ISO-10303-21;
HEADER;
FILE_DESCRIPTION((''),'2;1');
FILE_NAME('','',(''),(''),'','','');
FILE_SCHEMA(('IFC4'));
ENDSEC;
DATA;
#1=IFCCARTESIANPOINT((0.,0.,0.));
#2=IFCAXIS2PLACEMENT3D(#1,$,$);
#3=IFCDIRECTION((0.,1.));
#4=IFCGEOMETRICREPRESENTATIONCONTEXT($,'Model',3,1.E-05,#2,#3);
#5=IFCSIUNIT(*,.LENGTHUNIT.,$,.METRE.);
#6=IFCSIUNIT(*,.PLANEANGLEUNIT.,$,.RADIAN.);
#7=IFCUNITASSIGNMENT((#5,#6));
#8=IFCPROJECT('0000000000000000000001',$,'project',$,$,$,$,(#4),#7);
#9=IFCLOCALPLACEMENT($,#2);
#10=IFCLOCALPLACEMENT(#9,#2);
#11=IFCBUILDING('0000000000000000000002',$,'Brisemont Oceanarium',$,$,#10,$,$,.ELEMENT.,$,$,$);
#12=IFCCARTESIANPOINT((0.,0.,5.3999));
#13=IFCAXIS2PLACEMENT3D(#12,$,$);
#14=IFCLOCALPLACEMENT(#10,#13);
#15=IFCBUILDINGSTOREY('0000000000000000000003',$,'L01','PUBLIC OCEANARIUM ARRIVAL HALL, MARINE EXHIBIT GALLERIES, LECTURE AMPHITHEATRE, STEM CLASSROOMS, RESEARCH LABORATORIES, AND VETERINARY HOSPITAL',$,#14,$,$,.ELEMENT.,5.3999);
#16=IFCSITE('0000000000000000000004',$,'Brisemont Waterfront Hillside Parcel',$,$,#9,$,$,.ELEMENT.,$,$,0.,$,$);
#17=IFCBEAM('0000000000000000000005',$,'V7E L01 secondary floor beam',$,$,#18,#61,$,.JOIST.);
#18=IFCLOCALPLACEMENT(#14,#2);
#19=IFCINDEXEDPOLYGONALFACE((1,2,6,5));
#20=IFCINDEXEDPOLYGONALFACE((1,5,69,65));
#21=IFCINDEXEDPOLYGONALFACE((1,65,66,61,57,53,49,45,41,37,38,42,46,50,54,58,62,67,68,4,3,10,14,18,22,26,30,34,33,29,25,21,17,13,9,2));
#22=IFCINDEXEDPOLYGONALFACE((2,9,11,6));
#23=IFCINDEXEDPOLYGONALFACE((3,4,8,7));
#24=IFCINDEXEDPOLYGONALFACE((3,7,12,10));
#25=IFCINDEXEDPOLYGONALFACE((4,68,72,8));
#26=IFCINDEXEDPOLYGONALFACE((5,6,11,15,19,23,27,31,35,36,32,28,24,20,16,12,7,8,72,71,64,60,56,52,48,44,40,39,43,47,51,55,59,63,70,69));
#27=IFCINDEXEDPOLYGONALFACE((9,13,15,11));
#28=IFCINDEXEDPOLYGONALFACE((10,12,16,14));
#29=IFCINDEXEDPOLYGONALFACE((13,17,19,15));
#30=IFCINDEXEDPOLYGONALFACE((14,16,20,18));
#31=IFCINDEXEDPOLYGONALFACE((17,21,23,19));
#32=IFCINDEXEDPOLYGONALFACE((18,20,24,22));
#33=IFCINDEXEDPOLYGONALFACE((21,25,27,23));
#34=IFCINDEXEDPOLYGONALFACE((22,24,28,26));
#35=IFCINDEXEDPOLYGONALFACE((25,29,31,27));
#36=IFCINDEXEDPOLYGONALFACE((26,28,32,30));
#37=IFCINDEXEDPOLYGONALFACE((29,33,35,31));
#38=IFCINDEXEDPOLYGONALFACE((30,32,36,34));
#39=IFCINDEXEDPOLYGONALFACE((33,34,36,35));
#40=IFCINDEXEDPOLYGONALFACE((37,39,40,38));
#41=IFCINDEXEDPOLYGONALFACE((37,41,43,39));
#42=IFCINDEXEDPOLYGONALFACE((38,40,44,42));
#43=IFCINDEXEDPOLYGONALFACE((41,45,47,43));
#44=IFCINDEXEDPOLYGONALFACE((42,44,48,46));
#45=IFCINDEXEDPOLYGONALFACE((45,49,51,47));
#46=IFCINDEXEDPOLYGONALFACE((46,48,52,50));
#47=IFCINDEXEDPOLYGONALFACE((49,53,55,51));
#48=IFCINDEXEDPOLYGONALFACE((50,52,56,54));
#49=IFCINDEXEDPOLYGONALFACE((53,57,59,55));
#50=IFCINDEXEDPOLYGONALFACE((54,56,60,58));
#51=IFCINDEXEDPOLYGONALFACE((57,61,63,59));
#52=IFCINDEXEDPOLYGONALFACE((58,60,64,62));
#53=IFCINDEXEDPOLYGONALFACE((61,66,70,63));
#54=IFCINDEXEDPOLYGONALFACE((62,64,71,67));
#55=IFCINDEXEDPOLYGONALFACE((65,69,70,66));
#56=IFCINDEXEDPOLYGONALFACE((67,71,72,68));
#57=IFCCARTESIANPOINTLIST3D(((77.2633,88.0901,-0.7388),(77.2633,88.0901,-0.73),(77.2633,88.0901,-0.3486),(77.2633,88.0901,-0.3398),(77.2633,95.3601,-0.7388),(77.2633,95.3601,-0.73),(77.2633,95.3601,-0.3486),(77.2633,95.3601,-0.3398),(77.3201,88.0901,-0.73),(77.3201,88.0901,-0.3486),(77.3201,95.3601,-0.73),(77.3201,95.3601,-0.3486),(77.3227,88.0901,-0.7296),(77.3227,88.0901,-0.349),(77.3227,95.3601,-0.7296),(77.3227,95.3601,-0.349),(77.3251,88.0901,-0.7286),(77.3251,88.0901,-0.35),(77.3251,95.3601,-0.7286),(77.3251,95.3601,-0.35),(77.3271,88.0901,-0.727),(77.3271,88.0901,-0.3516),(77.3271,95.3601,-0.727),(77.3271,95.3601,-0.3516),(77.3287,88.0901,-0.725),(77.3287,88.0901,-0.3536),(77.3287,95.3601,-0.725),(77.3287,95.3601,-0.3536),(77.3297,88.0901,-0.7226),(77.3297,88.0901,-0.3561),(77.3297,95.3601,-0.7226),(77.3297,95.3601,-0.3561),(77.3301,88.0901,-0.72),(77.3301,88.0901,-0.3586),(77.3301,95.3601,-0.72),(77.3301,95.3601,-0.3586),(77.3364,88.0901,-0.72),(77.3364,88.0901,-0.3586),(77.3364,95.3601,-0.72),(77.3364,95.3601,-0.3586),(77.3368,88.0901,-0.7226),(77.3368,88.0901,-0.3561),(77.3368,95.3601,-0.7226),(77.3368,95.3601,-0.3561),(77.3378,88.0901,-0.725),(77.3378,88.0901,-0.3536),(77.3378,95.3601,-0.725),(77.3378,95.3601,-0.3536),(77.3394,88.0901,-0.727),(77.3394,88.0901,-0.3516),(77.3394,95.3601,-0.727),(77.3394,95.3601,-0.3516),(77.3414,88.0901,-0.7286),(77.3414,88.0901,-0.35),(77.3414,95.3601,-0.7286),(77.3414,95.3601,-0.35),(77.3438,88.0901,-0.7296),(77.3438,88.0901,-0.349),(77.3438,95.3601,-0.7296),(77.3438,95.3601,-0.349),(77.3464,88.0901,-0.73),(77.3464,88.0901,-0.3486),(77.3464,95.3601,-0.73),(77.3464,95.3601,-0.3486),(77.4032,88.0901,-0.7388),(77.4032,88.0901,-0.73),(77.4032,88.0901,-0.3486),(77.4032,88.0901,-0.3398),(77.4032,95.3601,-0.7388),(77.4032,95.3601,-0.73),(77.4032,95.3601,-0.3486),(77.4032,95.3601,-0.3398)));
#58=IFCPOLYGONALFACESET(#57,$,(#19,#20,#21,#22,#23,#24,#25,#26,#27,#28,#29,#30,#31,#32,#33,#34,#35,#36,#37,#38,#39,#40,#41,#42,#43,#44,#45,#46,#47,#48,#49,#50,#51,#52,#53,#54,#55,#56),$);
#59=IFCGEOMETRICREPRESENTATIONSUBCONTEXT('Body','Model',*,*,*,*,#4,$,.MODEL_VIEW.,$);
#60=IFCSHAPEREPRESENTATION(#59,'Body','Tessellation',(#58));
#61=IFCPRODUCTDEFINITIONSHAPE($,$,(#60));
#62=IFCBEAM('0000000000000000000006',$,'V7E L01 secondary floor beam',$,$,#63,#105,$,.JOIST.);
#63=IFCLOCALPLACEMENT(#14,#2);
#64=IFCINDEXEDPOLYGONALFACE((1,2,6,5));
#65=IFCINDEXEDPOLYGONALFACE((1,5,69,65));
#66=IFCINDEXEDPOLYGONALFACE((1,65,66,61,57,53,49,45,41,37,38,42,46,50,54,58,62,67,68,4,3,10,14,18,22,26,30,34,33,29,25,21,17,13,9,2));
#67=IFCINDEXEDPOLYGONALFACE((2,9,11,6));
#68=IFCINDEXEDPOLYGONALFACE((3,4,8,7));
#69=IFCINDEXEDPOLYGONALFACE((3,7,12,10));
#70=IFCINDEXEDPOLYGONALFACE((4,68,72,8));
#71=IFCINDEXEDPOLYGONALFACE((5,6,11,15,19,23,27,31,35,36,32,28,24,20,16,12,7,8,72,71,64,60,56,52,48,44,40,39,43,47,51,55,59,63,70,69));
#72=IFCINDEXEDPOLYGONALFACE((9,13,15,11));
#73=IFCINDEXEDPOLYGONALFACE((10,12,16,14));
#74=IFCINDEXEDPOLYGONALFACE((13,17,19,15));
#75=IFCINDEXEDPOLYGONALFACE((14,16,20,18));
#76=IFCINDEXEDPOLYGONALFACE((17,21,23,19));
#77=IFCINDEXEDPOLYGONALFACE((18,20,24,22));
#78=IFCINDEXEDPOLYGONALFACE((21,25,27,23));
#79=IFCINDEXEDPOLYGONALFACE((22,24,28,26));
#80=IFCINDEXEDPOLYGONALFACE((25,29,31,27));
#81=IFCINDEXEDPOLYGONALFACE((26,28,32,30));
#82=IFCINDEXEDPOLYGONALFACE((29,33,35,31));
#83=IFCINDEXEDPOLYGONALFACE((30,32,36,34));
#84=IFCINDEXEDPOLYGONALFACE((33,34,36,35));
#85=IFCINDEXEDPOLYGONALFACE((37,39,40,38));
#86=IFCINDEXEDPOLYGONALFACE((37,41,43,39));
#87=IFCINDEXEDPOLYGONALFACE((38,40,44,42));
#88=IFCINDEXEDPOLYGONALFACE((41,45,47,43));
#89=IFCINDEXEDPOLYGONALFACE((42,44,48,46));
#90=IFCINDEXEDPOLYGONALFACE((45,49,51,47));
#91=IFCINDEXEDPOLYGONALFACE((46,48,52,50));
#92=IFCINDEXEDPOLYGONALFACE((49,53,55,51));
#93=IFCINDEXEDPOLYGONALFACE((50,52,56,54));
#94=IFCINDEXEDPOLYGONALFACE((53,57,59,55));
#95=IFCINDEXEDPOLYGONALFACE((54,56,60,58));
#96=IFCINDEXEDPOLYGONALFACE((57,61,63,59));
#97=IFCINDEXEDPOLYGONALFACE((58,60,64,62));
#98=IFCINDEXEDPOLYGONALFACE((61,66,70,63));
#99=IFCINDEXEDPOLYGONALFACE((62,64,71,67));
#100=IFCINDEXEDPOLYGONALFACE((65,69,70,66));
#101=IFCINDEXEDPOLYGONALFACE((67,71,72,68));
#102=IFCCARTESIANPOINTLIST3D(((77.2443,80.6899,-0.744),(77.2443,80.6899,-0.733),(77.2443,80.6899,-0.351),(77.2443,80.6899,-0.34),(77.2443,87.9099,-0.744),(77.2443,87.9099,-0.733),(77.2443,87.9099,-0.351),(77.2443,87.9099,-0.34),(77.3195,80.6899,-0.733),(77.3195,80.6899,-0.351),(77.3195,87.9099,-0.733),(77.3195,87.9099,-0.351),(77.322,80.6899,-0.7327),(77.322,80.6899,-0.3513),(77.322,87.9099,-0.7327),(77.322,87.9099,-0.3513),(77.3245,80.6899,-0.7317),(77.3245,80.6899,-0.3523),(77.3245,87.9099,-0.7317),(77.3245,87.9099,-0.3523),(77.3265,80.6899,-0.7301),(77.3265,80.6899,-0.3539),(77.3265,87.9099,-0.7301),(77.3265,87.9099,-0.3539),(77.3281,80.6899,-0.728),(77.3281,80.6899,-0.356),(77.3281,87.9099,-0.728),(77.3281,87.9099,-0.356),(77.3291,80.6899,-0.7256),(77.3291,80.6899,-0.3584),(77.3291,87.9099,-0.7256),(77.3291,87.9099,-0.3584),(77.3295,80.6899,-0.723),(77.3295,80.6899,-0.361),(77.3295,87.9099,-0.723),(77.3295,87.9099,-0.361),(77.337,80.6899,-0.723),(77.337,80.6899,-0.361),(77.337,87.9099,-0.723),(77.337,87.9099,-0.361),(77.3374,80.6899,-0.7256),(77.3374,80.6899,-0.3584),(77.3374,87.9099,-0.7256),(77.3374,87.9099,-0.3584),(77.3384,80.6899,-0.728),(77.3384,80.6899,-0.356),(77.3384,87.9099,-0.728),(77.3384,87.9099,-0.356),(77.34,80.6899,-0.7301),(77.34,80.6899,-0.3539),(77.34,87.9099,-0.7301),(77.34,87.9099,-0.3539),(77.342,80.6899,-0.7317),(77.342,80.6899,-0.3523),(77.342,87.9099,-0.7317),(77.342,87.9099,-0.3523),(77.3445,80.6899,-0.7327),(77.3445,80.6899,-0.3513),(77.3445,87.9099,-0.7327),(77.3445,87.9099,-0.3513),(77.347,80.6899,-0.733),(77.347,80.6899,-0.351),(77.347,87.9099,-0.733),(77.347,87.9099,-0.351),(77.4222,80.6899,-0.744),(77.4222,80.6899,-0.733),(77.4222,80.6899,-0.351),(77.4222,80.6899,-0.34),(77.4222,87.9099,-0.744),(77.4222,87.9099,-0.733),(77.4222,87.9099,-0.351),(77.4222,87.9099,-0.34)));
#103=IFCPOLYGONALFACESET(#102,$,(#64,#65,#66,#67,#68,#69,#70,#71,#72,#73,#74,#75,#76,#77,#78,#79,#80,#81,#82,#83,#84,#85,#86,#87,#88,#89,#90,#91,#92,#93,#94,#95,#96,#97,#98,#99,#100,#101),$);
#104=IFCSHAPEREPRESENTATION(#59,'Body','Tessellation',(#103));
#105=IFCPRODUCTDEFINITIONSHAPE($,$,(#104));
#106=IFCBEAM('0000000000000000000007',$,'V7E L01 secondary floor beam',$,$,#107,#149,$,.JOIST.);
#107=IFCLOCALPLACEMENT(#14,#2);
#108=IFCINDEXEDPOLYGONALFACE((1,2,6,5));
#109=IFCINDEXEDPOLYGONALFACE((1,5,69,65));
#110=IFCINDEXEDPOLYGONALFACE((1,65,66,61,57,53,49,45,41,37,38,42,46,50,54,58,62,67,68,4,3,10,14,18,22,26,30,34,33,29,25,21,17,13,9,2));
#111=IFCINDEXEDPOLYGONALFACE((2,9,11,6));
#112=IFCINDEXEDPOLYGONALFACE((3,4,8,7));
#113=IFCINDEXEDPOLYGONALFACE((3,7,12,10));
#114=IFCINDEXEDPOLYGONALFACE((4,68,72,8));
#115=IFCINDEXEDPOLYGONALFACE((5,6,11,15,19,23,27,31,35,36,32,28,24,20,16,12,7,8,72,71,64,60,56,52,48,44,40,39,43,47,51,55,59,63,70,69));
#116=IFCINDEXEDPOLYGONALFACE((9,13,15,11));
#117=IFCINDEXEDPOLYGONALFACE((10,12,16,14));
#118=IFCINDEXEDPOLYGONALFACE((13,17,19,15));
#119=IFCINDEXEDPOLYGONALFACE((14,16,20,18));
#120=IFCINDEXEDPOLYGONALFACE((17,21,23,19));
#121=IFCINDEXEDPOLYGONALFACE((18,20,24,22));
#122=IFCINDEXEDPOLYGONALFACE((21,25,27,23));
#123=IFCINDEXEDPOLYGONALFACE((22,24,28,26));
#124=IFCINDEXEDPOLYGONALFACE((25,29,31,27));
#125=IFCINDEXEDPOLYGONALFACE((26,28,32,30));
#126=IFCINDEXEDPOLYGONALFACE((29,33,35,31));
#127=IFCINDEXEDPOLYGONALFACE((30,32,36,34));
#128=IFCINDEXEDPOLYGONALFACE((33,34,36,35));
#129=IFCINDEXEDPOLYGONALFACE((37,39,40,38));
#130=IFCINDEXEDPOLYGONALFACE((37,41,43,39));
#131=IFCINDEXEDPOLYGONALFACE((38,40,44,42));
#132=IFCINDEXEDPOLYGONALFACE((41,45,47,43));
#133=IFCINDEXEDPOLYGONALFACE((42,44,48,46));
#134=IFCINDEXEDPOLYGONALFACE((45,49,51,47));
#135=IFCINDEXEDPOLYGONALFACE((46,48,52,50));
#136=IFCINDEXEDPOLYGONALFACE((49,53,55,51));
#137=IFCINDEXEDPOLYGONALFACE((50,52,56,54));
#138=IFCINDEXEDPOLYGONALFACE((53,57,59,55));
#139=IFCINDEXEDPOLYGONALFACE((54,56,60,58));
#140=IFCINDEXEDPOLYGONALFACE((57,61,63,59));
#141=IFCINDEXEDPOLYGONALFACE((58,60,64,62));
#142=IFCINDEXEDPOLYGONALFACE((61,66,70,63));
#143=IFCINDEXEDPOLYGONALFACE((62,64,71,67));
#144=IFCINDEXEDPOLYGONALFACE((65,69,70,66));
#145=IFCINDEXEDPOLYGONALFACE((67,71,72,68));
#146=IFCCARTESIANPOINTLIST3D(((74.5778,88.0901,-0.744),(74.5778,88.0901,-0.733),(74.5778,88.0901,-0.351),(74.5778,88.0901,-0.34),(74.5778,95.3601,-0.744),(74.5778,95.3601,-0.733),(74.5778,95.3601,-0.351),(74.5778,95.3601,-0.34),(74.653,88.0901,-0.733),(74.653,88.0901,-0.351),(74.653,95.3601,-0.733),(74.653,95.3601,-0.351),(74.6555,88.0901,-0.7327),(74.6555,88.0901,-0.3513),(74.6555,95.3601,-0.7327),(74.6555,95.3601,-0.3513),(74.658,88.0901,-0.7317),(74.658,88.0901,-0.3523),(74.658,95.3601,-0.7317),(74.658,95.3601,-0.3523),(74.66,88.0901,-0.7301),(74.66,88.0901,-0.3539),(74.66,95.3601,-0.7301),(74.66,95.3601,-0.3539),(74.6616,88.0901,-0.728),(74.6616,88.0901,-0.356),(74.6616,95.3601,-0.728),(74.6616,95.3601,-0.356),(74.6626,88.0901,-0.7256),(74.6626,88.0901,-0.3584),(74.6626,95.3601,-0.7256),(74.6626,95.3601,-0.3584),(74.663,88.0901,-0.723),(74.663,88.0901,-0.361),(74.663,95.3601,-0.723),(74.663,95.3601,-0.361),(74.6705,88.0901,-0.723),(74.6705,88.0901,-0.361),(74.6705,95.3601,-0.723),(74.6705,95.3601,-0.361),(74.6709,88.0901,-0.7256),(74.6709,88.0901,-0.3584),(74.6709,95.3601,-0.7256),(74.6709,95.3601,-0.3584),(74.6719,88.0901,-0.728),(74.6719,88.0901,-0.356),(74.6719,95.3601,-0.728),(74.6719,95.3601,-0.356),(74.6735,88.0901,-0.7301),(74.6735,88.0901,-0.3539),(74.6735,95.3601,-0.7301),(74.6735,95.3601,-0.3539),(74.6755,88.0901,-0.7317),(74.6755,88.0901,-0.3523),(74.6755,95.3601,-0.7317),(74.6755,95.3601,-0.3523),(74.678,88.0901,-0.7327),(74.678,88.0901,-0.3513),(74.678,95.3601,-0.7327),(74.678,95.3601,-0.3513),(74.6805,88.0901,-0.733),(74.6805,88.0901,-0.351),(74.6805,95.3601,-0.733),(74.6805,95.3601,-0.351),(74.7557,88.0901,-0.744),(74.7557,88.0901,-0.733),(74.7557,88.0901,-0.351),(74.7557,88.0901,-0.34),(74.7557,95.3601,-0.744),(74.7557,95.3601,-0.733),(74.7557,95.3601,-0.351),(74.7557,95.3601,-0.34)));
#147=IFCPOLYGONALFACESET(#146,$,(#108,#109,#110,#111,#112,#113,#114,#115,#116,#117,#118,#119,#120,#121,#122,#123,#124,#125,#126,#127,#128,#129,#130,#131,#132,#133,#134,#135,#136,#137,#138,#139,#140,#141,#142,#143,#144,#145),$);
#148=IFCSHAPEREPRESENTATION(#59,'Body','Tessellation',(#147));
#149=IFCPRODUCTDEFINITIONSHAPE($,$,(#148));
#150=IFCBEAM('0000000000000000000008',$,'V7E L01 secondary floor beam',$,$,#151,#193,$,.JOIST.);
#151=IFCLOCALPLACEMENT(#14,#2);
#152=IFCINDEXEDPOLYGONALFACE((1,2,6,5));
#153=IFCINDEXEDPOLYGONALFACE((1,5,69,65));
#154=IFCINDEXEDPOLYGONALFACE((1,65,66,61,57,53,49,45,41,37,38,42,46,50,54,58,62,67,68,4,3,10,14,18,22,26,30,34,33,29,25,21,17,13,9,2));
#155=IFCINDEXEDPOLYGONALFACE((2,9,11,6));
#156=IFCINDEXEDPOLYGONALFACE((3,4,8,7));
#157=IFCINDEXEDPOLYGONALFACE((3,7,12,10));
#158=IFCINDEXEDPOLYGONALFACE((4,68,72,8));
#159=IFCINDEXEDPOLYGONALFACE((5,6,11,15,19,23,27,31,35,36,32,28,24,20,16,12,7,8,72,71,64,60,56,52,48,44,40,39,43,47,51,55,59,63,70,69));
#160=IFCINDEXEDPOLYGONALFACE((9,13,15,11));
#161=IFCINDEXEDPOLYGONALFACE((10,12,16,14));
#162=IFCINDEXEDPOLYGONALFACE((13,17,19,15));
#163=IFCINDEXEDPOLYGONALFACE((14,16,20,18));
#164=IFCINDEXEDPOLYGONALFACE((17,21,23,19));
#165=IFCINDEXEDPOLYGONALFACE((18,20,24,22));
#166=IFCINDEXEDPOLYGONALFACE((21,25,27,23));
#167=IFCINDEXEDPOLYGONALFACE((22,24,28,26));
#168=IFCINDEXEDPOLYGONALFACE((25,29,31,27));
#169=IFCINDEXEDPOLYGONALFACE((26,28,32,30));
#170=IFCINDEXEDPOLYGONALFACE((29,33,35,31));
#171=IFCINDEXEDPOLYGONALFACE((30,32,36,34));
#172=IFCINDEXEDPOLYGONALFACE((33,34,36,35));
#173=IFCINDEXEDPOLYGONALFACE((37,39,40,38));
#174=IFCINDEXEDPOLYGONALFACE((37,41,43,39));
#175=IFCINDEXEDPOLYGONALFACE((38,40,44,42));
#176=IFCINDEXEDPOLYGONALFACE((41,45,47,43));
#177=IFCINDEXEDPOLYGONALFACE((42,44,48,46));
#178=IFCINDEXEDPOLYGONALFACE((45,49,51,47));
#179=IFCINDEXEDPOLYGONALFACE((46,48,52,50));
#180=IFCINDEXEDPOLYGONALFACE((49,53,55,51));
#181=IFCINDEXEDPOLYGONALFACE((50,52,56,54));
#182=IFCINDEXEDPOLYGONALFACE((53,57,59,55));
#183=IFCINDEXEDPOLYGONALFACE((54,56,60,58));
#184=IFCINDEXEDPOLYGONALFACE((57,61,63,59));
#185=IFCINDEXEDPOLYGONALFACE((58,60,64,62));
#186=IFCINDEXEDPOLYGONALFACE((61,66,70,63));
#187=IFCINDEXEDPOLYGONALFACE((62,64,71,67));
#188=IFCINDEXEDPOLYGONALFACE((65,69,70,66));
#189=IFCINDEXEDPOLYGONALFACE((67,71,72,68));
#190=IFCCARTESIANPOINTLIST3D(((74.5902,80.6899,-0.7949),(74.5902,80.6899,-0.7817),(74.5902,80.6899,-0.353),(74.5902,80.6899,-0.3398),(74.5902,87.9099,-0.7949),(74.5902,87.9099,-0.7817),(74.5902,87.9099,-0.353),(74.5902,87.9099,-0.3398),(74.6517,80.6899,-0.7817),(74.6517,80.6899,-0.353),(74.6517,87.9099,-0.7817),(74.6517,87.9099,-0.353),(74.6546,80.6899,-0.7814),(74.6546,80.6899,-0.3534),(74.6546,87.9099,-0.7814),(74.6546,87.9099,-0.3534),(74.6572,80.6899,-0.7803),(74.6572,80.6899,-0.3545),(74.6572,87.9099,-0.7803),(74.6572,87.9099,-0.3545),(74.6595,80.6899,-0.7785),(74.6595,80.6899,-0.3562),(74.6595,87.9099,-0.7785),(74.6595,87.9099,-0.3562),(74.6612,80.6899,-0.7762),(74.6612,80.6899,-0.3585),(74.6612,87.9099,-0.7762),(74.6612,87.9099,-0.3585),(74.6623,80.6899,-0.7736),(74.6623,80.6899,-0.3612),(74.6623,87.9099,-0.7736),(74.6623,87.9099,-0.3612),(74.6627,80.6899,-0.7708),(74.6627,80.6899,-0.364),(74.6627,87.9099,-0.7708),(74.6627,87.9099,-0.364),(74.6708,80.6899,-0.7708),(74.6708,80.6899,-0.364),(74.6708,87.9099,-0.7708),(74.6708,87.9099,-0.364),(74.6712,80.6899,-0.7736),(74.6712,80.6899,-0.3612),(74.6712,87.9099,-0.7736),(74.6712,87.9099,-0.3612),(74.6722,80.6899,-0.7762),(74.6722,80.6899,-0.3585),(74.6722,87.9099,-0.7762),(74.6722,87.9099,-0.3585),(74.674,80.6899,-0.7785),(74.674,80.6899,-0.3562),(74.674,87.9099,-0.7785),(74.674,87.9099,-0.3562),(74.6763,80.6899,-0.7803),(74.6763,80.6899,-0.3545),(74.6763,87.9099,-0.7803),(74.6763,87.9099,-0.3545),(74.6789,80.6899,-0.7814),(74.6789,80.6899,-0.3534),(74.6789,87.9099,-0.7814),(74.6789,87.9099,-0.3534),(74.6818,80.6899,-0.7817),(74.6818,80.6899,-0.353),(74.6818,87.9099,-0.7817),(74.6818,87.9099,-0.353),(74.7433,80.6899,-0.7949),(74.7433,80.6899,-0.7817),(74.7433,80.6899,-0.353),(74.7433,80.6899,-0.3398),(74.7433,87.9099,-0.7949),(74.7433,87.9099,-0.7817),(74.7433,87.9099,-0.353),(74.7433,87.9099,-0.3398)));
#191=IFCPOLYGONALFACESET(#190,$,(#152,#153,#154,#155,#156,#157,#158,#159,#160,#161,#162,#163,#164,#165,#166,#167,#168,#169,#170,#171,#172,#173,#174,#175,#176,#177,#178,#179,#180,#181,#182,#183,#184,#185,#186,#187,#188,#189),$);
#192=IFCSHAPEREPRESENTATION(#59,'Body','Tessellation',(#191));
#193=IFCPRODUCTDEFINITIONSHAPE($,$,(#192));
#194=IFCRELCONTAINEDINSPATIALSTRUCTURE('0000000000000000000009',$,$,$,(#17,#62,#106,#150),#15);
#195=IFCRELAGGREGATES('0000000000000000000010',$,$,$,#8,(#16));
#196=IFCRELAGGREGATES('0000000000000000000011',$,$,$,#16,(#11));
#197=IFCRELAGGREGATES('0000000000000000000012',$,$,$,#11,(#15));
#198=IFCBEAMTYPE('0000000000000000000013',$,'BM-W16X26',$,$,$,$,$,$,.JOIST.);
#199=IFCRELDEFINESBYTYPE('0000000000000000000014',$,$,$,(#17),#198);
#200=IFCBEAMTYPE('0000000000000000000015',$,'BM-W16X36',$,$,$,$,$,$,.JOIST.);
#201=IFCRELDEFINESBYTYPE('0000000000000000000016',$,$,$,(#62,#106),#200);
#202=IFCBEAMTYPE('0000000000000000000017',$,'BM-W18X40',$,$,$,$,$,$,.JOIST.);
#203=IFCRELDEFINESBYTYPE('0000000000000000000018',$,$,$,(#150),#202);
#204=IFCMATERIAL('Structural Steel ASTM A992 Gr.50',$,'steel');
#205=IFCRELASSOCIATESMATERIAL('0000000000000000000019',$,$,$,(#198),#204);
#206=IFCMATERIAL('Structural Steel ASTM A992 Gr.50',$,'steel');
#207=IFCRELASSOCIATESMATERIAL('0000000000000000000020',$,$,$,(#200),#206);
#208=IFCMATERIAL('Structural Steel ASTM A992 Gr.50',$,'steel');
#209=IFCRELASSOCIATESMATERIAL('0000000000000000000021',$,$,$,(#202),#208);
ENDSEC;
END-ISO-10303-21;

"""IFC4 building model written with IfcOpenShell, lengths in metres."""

from ifc_helpers import new_model, si_unit, direction, frame, origin, origin_2d, place, context, subcontext, project, spatial, i_section, extrude, material, material_profile, profile_set, type_object, element, save


model = new_model("IFC4")

# Units and contexts
model_context = context("Model", 3, precision=1e-05, world=origin(), true_north=direction((0.0, 1.0)))
body_context = subcontext(model_context, "Body", "Model", "MODEL_VIEW")
ifc_project = project(units=[si_unit("LENGTHUNIT", "METRE"), si_unit("PLANEANGLEUNIT", "RADIAN")], contexts=[model_context])

# Site, building, storey
site_placement = place(None, origin())
site = spatial("IfcSite", under=ifc_project, at=site_placement, Name="Brisemont Waterfront Hillside Parcel", CompositionType="ELEMENT", RefElevation=0.0)
building_placement = place(site_placement, origin())
building = spatial("IfcBuilding", under=site, at=building_placement, Name="Brisemont Oceanarium", CompositionType="ELEMENT")
storey_placement = place(building_placement, frame((0.0, 0.0, 5.3999)))
storey = spatial("IfcBuildingStorey", under=building, at=storey_placement, Name="L01", Description="PUBLIC OCEANARIUM ARRIVAL HALL, MARINE EXHIBIT GALLERIES, LECTURE AMPHITHEATRE, STEM CLASSROOMS, RESEARCH LABORATORIES, AND VETERINARY HOSPITAL", CompositionType="ELEMENT", Elevation=5.3999)

# Beams
ifc_material_1 = material(Name="Structural Steel ASTM A992 Gr.50", Category="steel")
ifc_material_profile_1 = material_profile(ifc_material_1, i_section(OverallWidth=0.1399, OverallDepth=0.3989, WebThickness=0.0063, FlangeThickness=0.0088, FilletRadius=0.01, at=origin_2d()), Name="W16X26")
ifc_profile_set_1 = profile_set([ifc_material_profile_1], Name="Structural Steel ASTM A992 Gr.50")
beam_type_1 = type_object("IfcBeamType", Name="BM-W16X26", PredefinedType="JOIST", material=ifc_profile_set_1)
beam_1_placement = place(storey_placement, frame((77.3333, 88.0901, -0.5393), z_axis=(0.0, 1.0, 0.0), x_axis=(-1.0, 0.0, 0.0)))
element("IfcBeam", 1, at=beam_1_placement, inside=storey, type_object=beam_type_1, Name="V7E L01 secondary floor beam", PredefinedType="JOIST", context=body_context, shape_type="SweptSolid", body=[
    extrude(i_section(OverallWidth=0.1399, OverallDepth=0.3989, WebThickness=0.0063, FlangeThickness=0.0088, FilletRadius=0.01, at=origin_2d()), origin(), (0.0, 0.0, 1.0), 7.27),
])
ifc_material_2 = material(Name="Structural Steel ASTM A992 Gr.50", Category="steel")
ifc_material_profile_2 = material_profile(ifc_material_2, i_section(OverallWidth=0.178, OverallDepth=0.4041, WebThickness=0.0076, FlangeThickness=0.011, FilletRadius=0.01, at=origin_2d()), Name="W16X36")
ifc_profile_set_2 = profile_set([ifc_material_profile_2], Name="Structural Steel ASTM A992 Gr.50")
beam_type_2 = type_object("IfcBeamType", Name="BM-W16X36", PredefinedType="JOIST", material=ifc_profile_set_2)
beam_2_placement = place(storey_placement, frame((77.3333, 80.6899, -0.542), z_axis=(0.0, 1.0, 0.0), x_axis=(-1.0, 0.0, 0.0)))
element("IfcBeam", 2, at=beam_2_placement, inside=storey, type_object=beam_type_2, Name="V7E L01 secondary floor beam", PredefinedType="JOIST", context=body_context, shape_type="SweptSolid", body=[
    extrude(i_section(OverallWidth=0.178, OverallDepth=0.4041, WebThickness=0.0076, FlangeThickness=0.011, FilletRadius=0.01, at=origin_2d()), origin(), (0.0, 0.0, 1.0), 7.22),
])
beam_3_placement = place(storey_placement, frame((74.6667, 88.0901, -0.542), z_axis=(0.0, 1.0, 0.0), x_axis=(-1.0, 0.0, 0.0)))
element("IfcBeam", 3, at=beam_3_placement, inside=storey, type_object=beam_type_2, Name="V7E L01 secondary floor beam", PredefinedType="JOIST", context=body_context, shape_type="SweptSolid", body=[
    extrude(i_section(OverallWidth=0.178, OverallDepth=0.4041, WebThickness=0.0076, FlangeThickness=0.011, FilletRadius=0.01, at=origin_2d()), origin(), (0.0, 0.0, 1.0), 7.27),
])
ifc_material_3 = material(Name="Structural Steel ASTM A992 Gr.50", Category="steel")
ifc_material_profile_3 = material_profile(ifc_material_3, i_section(OverallWidth=0.1531, OverallDepth=0.4551, WebThickness=0.0081, FlangeThickness=0.0132, FilletRadius=0.011, at=origin_2d()), Name="W18X40")
ifc_profile_set_3 = profile_set([ifc_material_profile_3], Name="Structural Steel ASTM A992 Gr.50")
beam_type_3 = type_object("IfcBeamType", Name="BM-W18X40", PredefinedType="JOIST", material=ifc_profile_set_3)
beam_4_placement = place(storey_placement, frame((74.6667, 80.6899, -0.5674), z_axis=(0.0, 1.0, 0.0), x_axis=(-1.0, 0.0, 0.0)))
element("IfcBeam", 4, at=beam_4_placement, inside=storey, type_object=beam_type_3, Name="V7E L01 secondary floor beam", PredefinedType="JOIST", context=body_context, shape_type="SweptSolid", body=[
    extrude(i_section(OverallWidth=0.1531, OverallDepth=0.4551, WebThickness=0.0081, FlangeThickness=0.0132, FilletRadius=0.011, at=origin_2d()), origin(), (0.0, 0.0, 1.0), 7.22),
])

save(model, "model.ifc")
